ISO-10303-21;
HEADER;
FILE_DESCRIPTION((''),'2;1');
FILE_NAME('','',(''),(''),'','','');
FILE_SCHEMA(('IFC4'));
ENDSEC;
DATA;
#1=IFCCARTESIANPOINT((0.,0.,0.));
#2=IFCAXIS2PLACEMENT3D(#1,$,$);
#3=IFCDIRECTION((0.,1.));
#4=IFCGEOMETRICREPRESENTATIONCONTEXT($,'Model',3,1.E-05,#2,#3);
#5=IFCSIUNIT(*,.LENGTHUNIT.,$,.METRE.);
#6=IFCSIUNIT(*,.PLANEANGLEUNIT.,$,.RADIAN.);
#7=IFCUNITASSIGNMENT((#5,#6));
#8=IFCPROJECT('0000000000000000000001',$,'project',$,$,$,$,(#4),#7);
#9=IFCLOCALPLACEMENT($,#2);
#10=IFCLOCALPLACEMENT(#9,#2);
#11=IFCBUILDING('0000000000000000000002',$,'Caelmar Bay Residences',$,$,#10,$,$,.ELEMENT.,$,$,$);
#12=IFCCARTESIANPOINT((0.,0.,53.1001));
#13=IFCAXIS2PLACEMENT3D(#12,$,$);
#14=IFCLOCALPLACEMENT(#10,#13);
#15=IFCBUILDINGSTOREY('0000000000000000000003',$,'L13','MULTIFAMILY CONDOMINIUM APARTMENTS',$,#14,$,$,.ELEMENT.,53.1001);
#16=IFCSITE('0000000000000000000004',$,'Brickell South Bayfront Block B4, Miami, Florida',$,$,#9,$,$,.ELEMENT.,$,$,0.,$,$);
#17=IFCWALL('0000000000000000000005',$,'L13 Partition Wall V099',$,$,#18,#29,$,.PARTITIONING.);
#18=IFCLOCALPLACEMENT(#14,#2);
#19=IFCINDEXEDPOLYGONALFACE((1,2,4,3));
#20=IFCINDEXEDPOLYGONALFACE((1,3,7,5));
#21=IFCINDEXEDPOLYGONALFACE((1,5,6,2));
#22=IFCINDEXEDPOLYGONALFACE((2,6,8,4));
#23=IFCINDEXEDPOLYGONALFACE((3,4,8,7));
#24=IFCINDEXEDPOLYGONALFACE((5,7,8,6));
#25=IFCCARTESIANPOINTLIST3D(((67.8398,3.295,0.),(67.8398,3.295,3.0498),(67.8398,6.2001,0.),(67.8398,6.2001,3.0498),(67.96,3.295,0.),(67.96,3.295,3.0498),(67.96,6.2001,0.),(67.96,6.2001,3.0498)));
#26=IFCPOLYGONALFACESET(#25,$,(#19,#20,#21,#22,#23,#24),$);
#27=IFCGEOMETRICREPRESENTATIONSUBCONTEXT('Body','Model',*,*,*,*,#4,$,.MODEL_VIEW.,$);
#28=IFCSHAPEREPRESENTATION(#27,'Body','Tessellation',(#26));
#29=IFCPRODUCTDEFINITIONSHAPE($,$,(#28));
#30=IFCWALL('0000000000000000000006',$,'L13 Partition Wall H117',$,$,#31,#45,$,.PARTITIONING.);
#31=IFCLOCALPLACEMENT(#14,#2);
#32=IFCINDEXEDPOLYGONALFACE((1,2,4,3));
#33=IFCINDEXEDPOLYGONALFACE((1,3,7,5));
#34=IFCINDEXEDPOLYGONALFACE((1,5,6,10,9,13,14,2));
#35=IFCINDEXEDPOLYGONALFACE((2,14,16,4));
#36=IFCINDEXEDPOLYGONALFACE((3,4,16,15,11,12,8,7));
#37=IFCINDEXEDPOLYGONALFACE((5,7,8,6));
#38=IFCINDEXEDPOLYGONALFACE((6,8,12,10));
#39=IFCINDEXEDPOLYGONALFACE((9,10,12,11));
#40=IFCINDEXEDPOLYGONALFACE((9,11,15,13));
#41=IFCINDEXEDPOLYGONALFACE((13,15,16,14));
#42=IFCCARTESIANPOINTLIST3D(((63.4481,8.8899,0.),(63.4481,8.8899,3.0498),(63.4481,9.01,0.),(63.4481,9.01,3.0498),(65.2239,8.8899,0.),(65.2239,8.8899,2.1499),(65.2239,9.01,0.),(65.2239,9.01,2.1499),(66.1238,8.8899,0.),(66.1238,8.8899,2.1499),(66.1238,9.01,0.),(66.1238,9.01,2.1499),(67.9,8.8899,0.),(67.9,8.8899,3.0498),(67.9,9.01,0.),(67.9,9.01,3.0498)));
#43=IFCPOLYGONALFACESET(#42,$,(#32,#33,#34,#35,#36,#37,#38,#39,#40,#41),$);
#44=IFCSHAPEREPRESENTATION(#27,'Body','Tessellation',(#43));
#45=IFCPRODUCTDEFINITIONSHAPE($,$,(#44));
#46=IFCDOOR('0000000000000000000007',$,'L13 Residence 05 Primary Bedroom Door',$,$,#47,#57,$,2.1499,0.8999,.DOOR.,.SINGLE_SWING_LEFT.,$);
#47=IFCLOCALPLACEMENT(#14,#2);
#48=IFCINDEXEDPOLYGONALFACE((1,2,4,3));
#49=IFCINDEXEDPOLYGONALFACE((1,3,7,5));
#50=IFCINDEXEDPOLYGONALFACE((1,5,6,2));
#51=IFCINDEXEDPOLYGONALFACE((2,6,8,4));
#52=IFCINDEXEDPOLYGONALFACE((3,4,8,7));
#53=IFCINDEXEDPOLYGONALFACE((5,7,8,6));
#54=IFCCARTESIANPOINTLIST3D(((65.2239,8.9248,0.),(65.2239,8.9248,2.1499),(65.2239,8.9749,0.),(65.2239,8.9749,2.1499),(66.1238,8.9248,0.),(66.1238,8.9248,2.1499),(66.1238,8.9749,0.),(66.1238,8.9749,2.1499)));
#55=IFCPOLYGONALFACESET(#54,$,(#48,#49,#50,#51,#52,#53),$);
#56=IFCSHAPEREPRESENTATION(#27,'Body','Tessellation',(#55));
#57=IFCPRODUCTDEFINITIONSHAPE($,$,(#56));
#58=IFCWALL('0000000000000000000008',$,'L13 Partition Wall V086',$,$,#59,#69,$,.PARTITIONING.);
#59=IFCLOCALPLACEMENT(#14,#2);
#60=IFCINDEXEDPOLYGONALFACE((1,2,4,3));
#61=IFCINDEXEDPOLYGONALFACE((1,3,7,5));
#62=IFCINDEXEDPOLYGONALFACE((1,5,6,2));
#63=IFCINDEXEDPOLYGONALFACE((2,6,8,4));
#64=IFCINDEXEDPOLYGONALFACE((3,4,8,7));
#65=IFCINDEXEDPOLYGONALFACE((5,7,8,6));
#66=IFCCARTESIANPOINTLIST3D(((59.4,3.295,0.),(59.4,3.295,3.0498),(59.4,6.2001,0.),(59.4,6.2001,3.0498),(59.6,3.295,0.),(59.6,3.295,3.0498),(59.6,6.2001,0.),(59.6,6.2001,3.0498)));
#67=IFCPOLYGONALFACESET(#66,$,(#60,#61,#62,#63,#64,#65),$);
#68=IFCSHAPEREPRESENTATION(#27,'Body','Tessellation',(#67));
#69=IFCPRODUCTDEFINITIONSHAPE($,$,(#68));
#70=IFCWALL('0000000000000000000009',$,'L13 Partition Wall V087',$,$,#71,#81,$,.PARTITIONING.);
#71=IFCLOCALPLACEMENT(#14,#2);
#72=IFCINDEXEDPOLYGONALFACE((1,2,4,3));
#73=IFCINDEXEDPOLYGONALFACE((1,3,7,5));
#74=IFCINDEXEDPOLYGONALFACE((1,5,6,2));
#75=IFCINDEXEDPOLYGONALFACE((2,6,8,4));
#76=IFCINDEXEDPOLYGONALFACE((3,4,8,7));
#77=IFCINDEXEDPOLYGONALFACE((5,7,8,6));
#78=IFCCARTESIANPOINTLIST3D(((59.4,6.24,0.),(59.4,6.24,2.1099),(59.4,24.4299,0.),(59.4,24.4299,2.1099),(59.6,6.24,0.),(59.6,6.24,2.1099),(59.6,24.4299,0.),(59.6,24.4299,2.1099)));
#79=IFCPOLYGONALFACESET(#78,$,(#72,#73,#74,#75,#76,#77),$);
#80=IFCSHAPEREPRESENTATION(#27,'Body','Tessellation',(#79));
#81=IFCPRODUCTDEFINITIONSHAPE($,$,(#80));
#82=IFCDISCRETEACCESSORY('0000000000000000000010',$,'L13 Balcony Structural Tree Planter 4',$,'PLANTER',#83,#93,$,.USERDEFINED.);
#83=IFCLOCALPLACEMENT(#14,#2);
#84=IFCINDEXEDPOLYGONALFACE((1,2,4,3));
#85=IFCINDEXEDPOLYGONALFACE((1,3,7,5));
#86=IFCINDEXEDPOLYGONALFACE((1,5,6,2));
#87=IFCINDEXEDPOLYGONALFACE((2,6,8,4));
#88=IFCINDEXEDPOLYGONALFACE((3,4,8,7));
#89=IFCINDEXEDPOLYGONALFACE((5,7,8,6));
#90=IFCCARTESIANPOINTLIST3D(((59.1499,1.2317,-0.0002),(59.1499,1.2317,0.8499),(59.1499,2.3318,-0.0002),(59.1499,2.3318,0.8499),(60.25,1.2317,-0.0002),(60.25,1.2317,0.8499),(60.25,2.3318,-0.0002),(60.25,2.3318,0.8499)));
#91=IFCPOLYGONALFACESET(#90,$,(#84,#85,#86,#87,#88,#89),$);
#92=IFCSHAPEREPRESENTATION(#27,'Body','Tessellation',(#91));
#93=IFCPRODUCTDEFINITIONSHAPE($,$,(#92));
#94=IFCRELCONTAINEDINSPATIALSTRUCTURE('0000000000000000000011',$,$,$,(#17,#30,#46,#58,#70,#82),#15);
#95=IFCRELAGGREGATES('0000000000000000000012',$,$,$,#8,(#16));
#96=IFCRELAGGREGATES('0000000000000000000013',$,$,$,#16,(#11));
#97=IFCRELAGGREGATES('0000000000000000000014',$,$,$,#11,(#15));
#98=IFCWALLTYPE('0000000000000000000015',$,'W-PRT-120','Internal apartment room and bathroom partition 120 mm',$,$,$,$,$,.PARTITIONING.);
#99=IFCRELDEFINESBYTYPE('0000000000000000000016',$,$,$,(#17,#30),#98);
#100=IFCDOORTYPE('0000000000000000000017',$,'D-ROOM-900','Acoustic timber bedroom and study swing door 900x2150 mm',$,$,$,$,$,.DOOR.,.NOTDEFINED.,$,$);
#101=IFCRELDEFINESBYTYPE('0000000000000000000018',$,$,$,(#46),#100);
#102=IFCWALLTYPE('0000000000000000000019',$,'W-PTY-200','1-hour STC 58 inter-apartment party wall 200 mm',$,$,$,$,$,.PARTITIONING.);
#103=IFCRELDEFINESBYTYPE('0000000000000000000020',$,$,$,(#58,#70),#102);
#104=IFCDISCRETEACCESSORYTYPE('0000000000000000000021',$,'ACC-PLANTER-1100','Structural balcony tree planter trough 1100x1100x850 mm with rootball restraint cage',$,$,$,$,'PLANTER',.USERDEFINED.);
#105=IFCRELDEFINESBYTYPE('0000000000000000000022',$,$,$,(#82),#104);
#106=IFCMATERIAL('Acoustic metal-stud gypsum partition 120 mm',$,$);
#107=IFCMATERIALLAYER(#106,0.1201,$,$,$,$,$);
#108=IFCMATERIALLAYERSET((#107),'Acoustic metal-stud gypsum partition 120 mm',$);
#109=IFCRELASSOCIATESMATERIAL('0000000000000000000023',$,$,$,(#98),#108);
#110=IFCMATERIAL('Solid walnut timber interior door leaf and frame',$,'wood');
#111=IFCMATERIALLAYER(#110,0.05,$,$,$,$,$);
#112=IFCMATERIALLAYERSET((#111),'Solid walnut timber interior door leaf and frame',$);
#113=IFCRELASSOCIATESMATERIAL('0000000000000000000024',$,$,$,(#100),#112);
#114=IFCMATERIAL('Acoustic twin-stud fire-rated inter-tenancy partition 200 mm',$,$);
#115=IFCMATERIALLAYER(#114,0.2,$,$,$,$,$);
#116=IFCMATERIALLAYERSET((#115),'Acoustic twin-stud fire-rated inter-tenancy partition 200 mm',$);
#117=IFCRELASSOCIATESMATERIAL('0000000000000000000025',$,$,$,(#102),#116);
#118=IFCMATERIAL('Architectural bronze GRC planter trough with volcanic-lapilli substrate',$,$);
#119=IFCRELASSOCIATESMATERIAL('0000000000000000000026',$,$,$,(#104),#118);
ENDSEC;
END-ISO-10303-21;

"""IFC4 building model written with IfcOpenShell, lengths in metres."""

from ifc_helpers import new_model, si_unit, direction, frame, frame_2d, origin, origin_2d, place, context, subcontext, project, spatial, rectangle, extrude, material, layer, layer_set, type_object, element, fill, save


model = new_model("IFC4")

# Units and contexts
model_context = context("Model", 3, precision=1e-05, world=origin(), true_north=direction((0.0, 1.0)))
body_context = subcontext(model_context, "Body", "Model", "MODEL_VIEW")
ifc_project = project(units=[si_unit("LENGTHUNIT", "METRE"), si_unit("PLANEANGLEUNIT", "RADIAN")], contexts=[model_context])

# Site, building, storey
site_placement = place(None, origin())
site = spatial("IfcSite", under=ifc_project, at=site_placement, Name="Brickell South Bayfront Block B4, Miami, Florida", CompositionType="ELEMENT", RefElevation=0.0)
building_placement = place(site_placement, origin())
building = spatial("IfcBuilding", under=site, at=building_placement, Name="Caelmar Bay Residences", CompositionType="ELEMENT")
storey_placement = place(building_placement, frame((0.0, 0.0, 53.1001)))
storey = spatial("IfcBuildingStorey", under=building, at=storey_placement, Name="L13", Description="MULTIFAMILY CONDOMINIUM APARTMENTS", CompositionType="ELEMENT", Elevation=53.1001)

# Wall
ifc_material_1 = material(Name="Acoustic metal-stud gypsum partition 120 mm")
ifc_layer_1 = layer(ifc_material_1, 0.1201)
ifc_layer_set_1 = layer_set([ifc_layer_1], Name="Acoustic metal-stud gypsum partition 120 mm")
wall_type_1 = type_object("IfcWallType", Name="W-PRT-120", Description="Internal apartment room and bathroom partition 120 mm", PredefinedType="PARTITIONING", material=ifc_layer_set_1)
wall_1_placement = place(storey_placement, frame((67.8999, 3.2949, 0.0), z_axis=(0.0, 0.0, 1.0), x_axis=(0.0, 1.0, 0.0)))
element("IfcWall", 1, at=wall_1_placement, inside=storey, type_object=wall_type_1, Name="L13 Partition Wall V099", PredefinedType="PARTITIONING", context=body_context, shape_type="SweptSolid", body=[
    extrude(rectangle(XDim=2.905, YDim=0.1201, at=frame_2d((1.4526, 0.0))), origin(), (0.0, 0.0, 1.0), 3.0498),
])

# Wall, opening, door
ifc_material_2 = material(Name="Solid walnut timber interior door leaf and frame", Category="wood")
ifc_layer_2 = layer(ifc_material_2, 0.05)
ifc_layer_set_2 = layer_set([ifc_layer_2], Name="Solid walnut timber interior door leaf and frame")
door_type = type_object("IfcDoorType", Name="D-ROOM-900", Description="Acoustic timber bedroom and study swing door 900x2150 mm", OperationType="NOTDEFINED", PredefinedType="DOOR", material=ifc_layer_set_2)
wall_2_placement = place(storey_placement, frame((63.448, 8.95, 0.0), z_axis=(0.0, 0.0, 1.0), x_axis=(1.0, 0.0, 0.0)))
wall_2 = element("IfcWall", 2, at=wall_2_placement, inside=storey, type_object=wall_type_1, Name="L13 Partition Wall H117", PredefinedType="PARTITIONING", context=body_context, shape_type="SweptSolid", body=[
    extrude(rectangle(XDim=4.4519, YDim=0.1201, at=frame_2d((2.2261, 0.0))), origin(), (0.0, 0.0, 1.0), 3.0498),
])
opening_1_placement = place(wall_2_placement, frame((1.7759, 0.0, 0.0)))
opening_1 = element("IfcOpeningElement", 3, at=opening_1_placement, cuts=wall_2, PredefinedType="OPENING", context=body_context, shape_type="SweptSolid", body=[
    extrude(rectangle(XDim=0.8999, YDim=2.1499, at=frame_2d((0.45, 1.075))), frame((0.0, 0.0701, 0.0), z_axis=(0.0, -1.0, 0.0), x_axis=(1.0, 0.0, 0.0)), (0.0, 0.0, 1.0), 0.1401),
])
door_1_placement = place(opening_1_placement, origin())
door_1 = element("IfcDoor", 4, at=door_1_placement, inside=storey, type_object=door_type, Name="L13 Residence 05 Primary Bedroom Door", OperationType="SINGLE_SWING_LEFT", OverallHeight=2.1499, OverallWidth=0.8999, PredefinedType="DOOR", context=body_context, shape_type="SweptSolid", body=[
    extrude(rectangle(XDim=0.8999, YDim=2.1499, at=frame_2d((0.45, 1.075))), frame((0.0, 0.0249, 0.0), z_axis=(0.0, -1.0, 0.0), x_axis=(1.0, 0.0, 0.0)), (0.0, 0.0, 1.0), 0.05),
])
fill(opening_1, door_1)

# Walls
ifc_material_3 = material(Name="Acoustic twin-stud fire-rated inter-tenancy partition 200 mm")
ifc_layer_3 = layer(ifc_material_3, 0.2)
ifc_layer_set_3 = layer_set([ifc_layer_3], Name="Acoustic twin-stud fire-rated inter-tenancy partition 200 mm")
wall_type_2 = type_object("IfcWallType", Name="W-PTY-200", Description="1-hour STC 58 inter-apartment party wall 200 mm", PredefinedType="PARTITIONING", material=ifc_layer_set_3)
wall_3_placement = place(storey_placement, frame((59.5, 3.2949, 0.0), z_axis=(0.0, 0.0, 1.0), x_axis=(0.0, 1.0, 0.0)))
element("IfcWall", 5, at=wall_3_placement, inside=storey, type_object=wall_type_2, Name="L13 Partition Wall V086", PredefinedType="PARTITIONING", context=body_context, shape_type="SweptSolid", body=[
    extrude(rectangle(XDim=2.905, YDim=0.2, at=frame_2d((1.4526, 0.0))), origin(), (0.0, 0.0, 1.0), 3.0498),
])
wall_4_placement = place(storey_placement, frame((59.5, 6.24, 0.0), z_axis=(0.0, 0.0, 1.0), x_axis=(0.0, 1.0, 0.0)))
element("IfcWall", 6, at=wall_4_placement, inside=storey, type_object=wall_type_2, Name="L13 Partition Wall V087", PredefinedType="PARTITIONING", context=body_context, shape_type="SweptSolid", body=[
    extrude(rectangle(XDim=18.1899, YDim=0.2, at=frame_2d((9.095, 0.0))), origin(), (0.0, 0.0, 1.0), 2.1099),
])

# Discrete accessory
ifc_material_4 = material(Name="Architectural bronze GRC planter trough with volcanic-lapilli substrate")
discrete_accessory_type = type_object("IfcDiscreteAccessoryType", Name="ACC-PLANTER-1100", Description="Structural balcony tree planter trough 1100x1100x850 mm with rootball restraint cage", ElementType="PLANTER", PredefinedType="USERDEFINED", material=ifc_material_4)
discrete_accessory_placement = place(storey_placement, frame((59.7, 1.7817, -0.0002), z_axis=(0.0, 0.0, 1.0), x_axis=(1.0, 0.0, 0.0)))
element("IfcDiscreteAccessory", 7, at=discrete_accessory_placement, inside=storey, type_object=discrete_accessory_type, Name="L13 Balcony Structural Tree Planter 4", ObjectType="PLANTER", PredefinedType="USERDEFINED", context=body_context, shape_type="SweptSolid", body=[
    extrude(rectangle(XDim=1.1001, YDim=1.1001, at=origin_2d()), origin(), (0.0, 0.0, 1.0), 0.8501),
])

save(model, "model.ifc")
